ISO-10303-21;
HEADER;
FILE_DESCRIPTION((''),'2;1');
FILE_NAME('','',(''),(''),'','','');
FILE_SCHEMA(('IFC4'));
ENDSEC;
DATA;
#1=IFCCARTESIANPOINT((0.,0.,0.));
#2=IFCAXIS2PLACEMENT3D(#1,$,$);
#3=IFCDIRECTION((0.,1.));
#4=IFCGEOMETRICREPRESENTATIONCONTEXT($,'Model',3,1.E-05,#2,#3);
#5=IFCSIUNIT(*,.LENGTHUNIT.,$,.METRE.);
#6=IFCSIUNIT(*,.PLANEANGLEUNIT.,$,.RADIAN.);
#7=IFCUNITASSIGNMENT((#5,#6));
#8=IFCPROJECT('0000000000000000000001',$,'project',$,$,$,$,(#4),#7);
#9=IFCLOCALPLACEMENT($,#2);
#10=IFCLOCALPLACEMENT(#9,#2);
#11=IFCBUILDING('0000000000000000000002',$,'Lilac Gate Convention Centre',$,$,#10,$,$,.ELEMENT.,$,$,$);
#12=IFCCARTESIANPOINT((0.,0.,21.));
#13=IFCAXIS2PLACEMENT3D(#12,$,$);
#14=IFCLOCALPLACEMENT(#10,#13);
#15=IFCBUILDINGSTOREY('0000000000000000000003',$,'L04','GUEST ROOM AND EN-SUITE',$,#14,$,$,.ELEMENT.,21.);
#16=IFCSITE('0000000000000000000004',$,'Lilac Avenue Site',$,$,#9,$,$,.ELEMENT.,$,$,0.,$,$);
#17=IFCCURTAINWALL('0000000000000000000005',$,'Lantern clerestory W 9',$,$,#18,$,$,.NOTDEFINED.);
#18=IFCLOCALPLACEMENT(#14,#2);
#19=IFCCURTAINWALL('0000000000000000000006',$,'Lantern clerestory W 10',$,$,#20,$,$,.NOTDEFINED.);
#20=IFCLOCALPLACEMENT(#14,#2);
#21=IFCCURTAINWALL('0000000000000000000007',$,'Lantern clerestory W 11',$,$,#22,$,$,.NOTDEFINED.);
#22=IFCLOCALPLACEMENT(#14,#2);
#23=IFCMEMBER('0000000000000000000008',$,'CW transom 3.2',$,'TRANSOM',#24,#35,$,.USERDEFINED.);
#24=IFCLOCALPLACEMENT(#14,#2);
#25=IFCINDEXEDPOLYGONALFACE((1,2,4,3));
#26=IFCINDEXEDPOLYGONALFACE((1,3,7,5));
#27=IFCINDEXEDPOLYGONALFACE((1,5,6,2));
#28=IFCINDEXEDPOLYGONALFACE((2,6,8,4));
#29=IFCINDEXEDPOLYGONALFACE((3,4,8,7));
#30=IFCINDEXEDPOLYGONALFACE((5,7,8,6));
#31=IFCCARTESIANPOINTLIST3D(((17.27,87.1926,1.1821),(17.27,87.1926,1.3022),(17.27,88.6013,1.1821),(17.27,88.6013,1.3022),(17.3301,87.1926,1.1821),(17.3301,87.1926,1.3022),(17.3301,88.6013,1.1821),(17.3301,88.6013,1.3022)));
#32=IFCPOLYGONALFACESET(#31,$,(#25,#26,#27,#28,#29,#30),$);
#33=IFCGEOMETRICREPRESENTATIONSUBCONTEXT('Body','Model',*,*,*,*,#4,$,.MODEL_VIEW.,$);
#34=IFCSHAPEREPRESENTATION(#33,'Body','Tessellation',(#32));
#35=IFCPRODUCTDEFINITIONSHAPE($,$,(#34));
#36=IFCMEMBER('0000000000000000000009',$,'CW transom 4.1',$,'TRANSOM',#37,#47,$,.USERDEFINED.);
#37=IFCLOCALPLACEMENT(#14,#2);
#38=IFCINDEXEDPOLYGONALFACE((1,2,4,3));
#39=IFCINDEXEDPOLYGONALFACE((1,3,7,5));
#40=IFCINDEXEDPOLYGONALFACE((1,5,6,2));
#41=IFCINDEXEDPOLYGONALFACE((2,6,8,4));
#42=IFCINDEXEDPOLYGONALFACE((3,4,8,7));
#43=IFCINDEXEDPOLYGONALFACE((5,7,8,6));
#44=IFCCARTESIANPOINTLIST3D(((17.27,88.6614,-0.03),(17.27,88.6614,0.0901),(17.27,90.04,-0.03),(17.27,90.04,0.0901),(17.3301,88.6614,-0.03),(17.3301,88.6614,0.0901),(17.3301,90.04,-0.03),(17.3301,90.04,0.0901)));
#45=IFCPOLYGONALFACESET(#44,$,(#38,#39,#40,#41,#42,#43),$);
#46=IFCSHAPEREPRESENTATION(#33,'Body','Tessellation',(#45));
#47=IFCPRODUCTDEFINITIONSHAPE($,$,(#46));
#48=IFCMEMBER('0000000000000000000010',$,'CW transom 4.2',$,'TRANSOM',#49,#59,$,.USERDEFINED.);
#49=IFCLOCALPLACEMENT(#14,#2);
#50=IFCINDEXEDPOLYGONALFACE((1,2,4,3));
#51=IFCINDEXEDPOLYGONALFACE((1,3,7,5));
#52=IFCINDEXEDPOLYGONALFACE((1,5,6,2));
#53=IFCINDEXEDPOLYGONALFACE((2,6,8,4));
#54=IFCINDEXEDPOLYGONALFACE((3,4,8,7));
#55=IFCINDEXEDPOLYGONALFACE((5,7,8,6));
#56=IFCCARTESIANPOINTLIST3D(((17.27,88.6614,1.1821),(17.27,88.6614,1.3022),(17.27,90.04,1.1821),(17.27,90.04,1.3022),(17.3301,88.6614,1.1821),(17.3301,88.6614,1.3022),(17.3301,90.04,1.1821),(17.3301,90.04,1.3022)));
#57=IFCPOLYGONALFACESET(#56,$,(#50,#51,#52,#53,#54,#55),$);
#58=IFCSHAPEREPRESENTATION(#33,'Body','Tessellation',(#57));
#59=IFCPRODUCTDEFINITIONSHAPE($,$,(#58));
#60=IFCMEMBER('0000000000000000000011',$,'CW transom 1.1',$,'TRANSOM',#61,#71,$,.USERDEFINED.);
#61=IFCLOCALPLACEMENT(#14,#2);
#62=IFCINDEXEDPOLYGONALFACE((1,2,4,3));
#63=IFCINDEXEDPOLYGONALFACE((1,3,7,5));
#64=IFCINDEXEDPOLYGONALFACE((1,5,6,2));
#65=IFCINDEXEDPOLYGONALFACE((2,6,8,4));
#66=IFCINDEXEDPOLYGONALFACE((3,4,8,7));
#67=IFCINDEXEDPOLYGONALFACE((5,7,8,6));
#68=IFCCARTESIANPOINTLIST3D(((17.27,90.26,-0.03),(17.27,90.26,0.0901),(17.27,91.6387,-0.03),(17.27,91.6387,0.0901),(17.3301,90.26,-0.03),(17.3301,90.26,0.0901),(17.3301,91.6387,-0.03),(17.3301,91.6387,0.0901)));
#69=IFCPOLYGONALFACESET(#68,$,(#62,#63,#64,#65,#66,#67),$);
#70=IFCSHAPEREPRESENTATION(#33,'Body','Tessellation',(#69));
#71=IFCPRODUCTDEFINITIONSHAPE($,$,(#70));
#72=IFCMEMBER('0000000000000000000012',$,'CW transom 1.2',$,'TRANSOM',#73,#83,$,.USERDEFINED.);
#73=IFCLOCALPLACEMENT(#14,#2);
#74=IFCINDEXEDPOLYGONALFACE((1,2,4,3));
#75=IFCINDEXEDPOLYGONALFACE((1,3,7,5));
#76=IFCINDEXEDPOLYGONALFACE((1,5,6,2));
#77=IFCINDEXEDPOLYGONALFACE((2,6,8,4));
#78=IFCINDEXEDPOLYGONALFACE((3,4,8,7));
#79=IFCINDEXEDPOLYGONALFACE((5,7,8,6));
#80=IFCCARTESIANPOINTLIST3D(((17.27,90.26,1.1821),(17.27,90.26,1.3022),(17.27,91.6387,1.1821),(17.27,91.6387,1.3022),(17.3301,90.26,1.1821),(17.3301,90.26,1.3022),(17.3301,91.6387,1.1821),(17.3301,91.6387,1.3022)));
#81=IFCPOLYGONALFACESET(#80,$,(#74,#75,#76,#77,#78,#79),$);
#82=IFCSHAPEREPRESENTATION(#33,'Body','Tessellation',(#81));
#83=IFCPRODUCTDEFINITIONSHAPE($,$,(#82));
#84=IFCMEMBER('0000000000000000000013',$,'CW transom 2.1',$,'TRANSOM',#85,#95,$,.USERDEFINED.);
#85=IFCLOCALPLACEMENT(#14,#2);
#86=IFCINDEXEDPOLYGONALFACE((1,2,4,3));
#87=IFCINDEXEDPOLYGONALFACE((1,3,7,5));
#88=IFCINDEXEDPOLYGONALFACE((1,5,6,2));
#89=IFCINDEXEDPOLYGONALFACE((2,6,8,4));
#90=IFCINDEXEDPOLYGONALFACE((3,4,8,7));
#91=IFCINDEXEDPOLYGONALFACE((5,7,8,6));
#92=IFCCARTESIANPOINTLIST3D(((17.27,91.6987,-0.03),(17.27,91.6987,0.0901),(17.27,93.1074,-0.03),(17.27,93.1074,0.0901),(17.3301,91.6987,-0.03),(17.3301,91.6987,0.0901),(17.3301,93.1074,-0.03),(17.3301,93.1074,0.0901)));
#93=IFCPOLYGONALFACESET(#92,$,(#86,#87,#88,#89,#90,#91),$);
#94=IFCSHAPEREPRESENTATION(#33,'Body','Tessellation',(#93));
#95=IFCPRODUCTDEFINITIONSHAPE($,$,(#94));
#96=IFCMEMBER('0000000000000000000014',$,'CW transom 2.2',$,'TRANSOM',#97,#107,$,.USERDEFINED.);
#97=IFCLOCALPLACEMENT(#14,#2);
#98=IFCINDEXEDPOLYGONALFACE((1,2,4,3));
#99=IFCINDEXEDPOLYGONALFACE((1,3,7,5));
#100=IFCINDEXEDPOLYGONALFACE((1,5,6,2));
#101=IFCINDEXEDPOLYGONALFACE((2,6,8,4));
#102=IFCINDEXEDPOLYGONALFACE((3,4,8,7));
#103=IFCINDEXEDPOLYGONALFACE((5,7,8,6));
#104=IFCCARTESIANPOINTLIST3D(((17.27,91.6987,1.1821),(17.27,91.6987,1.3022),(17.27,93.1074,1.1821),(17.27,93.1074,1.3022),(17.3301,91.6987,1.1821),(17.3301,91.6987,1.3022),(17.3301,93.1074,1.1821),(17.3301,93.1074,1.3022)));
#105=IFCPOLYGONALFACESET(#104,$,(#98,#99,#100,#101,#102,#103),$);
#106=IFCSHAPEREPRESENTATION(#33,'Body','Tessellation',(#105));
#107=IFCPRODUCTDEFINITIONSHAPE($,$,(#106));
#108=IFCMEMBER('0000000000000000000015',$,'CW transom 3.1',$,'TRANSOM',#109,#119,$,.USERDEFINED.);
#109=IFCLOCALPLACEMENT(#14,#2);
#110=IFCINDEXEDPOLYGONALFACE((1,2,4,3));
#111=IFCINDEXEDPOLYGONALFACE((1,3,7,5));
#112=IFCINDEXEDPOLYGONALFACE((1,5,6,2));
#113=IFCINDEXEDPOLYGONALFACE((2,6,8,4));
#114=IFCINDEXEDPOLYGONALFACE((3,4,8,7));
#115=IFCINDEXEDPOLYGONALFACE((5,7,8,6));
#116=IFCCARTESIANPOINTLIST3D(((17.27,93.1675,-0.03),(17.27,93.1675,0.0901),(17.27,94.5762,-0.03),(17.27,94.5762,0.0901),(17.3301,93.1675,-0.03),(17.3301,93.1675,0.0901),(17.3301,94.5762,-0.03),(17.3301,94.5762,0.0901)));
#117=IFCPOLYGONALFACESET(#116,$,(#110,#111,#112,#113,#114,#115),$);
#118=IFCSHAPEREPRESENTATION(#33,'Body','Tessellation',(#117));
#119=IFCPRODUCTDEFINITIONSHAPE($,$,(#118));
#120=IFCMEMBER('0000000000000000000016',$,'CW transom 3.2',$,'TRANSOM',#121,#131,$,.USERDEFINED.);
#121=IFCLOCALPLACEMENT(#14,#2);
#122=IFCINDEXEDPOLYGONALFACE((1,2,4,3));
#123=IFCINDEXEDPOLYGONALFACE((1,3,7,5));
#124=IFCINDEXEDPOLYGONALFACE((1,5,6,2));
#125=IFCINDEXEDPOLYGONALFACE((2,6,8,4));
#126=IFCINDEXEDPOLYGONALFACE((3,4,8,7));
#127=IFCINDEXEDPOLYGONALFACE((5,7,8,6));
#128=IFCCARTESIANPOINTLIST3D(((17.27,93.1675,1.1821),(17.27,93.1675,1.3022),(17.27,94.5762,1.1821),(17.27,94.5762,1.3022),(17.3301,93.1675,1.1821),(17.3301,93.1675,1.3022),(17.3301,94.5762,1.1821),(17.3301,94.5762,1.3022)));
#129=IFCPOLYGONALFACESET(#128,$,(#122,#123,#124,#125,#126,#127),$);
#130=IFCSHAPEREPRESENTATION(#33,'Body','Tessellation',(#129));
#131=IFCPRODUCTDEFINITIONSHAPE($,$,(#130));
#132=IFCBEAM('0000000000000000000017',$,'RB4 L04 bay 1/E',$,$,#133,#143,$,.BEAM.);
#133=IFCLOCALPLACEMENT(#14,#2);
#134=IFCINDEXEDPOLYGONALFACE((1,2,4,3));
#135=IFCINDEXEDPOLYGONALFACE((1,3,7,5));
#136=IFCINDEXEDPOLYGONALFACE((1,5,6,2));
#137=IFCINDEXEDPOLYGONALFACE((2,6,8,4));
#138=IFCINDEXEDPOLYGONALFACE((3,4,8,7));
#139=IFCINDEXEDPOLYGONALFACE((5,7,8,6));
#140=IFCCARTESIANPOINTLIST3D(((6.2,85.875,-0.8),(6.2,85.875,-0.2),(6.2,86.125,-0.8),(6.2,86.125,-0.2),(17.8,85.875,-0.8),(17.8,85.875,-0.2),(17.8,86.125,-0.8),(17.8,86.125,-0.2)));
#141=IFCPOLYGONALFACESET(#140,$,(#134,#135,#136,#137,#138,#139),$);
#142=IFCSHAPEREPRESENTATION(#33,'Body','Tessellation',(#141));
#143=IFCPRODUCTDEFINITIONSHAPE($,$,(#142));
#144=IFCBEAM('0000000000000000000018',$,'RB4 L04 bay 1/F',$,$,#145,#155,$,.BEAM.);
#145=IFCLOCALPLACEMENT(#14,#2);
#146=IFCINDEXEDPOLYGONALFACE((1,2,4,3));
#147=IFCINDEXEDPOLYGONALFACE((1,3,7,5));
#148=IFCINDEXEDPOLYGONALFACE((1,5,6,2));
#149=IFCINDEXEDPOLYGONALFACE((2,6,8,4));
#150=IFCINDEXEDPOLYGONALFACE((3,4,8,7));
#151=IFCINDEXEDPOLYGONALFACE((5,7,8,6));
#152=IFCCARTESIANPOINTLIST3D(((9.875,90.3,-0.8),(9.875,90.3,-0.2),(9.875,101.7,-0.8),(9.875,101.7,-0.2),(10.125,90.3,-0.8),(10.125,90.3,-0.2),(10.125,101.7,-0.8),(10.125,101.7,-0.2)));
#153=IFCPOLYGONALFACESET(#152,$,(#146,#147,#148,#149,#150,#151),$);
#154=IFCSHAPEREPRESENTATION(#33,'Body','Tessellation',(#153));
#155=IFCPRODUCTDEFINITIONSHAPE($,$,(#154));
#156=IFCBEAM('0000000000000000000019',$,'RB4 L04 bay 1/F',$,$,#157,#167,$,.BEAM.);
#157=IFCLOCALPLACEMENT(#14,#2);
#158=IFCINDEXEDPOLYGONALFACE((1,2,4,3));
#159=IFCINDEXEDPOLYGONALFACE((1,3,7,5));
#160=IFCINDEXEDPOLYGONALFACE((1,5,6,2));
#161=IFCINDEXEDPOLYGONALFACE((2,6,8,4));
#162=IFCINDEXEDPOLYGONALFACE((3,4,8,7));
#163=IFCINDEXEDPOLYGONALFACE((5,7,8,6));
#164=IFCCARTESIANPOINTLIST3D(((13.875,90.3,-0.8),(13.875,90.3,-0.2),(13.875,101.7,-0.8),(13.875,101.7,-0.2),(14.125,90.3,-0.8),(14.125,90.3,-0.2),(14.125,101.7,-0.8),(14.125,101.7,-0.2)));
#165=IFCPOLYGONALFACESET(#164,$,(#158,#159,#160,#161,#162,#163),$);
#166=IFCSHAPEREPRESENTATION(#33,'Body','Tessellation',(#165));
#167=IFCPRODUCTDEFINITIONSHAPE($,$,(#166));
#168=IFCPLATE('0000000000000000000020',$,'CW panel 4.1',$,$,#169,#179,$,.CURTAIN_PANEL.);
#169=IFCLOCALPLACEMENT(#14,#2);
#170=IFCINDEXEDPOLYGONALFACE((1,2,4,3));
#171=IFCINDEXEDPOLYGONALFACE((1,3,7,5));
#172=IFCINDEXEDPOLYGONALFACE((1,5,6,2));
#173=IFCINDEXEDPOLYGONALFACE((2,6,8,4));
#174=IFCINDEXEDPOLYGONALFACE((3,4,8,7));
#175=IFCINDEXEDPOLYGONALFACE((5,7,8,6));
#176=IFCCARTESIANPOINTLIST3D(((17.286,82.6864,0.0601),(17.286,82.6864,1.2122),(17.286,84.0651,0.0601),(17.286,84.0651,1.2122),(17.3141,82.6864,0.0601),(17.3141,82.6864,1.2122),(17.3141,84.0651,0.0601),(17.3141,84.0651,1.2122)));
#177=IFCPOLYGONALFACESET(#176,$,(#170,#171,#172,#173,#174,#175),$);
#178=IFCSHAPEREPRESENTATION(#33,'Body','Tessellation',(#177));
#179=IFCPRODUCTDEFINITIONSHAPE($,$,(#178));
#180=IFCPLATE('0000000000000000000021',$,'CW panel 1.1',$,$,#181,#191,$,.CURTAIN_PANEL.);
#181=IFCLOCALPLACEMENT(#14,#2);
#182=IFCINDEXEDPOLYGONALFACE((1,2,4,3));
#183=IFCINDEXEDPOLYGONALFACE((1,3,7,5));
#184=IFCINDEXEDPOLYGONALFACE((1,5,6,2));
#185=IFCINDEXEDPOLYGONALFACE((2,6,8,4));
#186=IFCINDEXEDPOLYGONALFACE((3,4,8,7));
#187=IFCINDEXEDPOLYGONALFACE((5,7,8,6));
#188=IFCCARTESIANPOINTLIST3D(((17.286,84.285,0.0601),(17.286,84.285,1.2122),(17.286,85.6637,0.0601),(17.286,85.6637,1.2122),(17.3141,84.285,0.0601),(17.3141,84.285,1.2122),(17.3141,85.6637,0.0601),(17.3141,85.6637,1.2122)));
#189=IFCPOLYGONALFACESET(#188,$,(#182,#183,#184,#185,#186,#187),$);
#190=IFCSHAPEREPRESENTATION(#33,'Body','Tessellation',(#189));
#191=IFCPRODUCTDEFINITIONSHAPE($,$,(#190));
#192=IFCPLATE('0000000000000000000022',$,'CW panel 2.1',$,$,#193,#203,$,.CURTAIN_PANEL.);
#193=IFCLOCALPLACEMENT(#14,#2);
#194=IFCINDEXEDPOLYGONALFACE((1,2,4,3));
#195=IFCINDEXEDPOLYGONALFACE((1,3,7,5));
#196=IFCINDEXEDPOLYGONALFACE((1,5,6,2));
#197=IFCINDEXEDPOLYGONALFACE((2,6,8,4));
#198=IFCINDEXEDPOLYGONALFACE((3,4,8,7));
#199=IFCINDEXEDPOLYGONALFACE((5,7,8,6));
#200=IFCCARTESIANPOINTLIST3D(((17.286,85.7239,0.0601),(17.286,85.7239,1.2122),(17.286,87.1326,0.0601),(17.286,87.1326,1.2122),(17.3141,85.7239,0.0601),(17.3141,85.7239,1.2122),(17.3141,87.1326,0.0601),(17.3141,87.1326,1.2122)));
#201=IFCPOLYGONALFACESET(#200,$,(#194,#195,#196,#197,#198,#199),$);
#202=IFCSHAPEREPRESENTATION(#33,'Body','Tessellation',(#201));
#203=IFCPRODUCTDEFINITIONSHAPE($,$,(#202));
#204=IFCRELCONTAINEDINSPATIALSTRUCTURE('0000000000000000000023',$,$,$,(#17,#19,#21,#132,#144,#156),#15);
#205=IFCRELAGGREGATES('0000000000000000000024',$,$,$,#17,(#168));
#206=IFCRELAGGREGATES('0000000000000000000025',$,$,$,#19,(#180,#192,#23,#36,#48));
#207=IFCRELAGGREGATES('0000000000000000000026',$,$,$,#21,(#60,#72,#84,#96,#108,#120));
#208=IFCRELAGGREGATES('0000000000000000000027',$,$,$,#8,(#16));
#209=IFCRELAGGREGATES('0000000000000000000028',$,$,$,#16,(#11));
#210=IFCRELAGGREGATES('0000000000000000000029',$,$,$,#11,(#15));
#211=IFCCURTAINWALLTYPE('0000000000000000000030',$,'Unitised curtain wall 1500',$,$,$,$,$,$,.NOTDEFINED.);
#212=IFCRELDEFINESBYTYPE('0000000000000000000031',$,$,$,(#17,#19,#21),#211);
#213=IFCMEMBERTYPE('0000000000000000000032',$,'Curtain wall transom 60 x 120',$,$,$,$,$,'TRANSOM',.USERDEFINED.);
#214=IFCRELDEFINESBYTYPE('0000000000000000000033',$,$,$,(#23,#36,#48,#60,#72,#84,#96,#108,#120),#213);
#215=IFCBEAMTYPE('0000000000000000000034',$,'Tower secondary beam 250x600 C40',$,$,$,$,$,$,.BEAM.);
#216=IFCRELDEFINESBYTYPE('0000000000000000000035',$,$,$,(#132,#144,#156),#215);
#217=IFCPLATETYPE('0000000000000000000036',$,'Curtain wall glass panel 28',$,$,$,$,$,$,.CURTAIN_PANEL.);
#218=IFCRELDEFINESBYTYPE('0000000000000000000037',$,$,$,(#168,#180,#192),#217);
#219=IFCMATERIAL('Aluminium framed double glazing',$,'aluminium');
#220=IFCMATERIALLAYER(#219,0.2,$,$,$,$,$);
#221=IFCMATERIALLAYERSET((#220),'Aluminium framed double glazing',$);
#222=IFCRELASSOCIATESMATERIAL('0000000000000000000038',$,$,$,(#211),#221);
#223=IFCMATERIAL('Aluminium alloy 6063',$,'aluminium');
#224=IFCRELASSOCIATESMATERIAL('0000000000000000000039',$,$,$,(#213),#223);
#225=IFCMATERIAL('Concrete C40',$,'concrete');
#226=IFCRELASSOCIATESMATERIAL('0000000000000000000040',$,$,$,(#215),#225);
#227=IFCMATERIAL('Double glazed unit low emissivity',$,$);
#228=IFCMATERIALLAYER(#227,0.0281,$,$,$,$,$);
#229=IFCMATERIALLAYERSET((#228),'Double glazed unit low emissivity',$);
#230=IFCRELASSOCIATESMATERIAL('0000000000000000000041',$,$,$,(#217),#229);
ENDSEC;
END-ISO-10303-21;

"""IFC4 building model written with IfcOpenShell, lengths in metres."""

from ifc_helpers import new_model, si_unit, direction, frame, origin, origin_2d, place, context, subcontext, project, spatial, rectangle, extrude, material, layer, layer_set, material_profile, profile_set, type_object, element, aggregate, save


model = new_model("IFC4")

# Units and contexts
model_context = context("Model", 3, precision=1e-05, world=origin(), true_north=direction((0.0, 1.0)))
body_context = subcontext(model_context, "Body", "Model", "MODEL_VIEW")
ifc_project = project(units=[si_unit("LENGTHUNIT", "METRE"), si_unit("PLANEANGLEUNIT", "RADIAN")], contexts=[model_context])

# Site, building, storey
site_placement = place(None, origin())
site = spatial("IfcSite", under=ifc_project, at=site_placement, Name="Lilac Avenue Site", CompositionType="ELEMENT", RefElevation=0.0)
building_placement = place(site_placement, origin())
building = spatial("IfcBuilding", under=site, at=building_placement, Name="Lilac Gate Convention Centre", CompositionType="ELEMENT")
storey_placement = place(building_placement, frame((0.0, 0.0, 21.0)))
storey = spatial("IfcBuildingStorey", under=building, at=storey_placement, Name="L04", Description="GUEST ROOM AND EN-SUITE", CompositionType="ELEMENT", Elevation=21.0)

# Curtain wall
ifc_material_1 = material(Name="Aluminium framed double glazing", Category="aluminium")
ifc_layer_1 = layer(ifc_material_1, 0.2)
ifc_layer_set_1 = layer_set([ifc_layer_1], Name="Aluminium framed double glazing")
curtain_wall_type = type_object("IfcCurtainWallType", Name="Unitised curtain wall 1500", PredefinedType="NOTDEFINED", material=ifc_layer_set_1)
curtain_wall_1_placement = place(storey_placement, origin())
curtain_wall_1 = element("IfcCurtainWall", 1, at=curtain_wall_1_placement, inside=storey, type_object=curtain_wall_type, Name="Lantern clerestory W 9", PredefinedType="NOTDEFINED")
ifc_material_2 = material(Name="Aluminium alloy 6063", Category="aluminium")

# Curtain walls
curtain_wall_2_placement = place(storey_placement, origin())
curtain_wall_2 = element("IfcCurtainWall", 2, at=curtain_wall_2_placement, inside=storey, type_object=curtain_wall_type, Name="Lantern clerestory W 10", PredefinedType="NOTDEFINED")
curtain_wall_3_placement = place(storey_placement, origin())
curtain_wall_3 = element("IfcCurtainWall", 3, at=curtain_wall_3_placement, inside=storey, type_object=curtain_wall_type, Name="Lantern clerestory W 11", PredefinedType="NOTDEFINED")

# Members
ifc_material_profile_1 = material_profile(ifc_material_2, rectangle(XDim=0.0601, YDim=0.1201, at=origin_2d()), Name="Curtain wall transom 60 x 120")
ifc_profile_set_1 = profile_set([ifc_material_profile_1], Name="Aluminium alloy 6063")
member_type_1 = type_object("IfcMemberType", Name="Curtain wall transom 60 x 120", ElementType="TRANSOM", PredefinedType="USERDEFINED", material=ifc_profile_set_1)
member_1_placement = place(storey_placement, frame((17.3, 87.1926, 1.2422), z_axis=(0.0, 1.0, 0.0), x_axis=(-1.0, 0.0, 0.0)))
member_1 = element("IfcMember", 4, at=member_1_placement, type_object=member_type_1, Name="CW transom 3.2", ObjectType="TRANSOM", PredefinedType="USERDEFINED", context=body_context, shape_type="SweptSolid", body=[
    extrude(rectangle(XDim=0.0601, YDim=0.1201, at=origin_2d()), origin(), (0.0, 0.0, 1.0), 1.4087),
])
member_2_placement = place(storey_placement, frame((17.3, 88.6614, 0.03), z_axis=(0.0, 1.0, 0.0), x_axis=(-1.0, 0.0, 0.0)))
member_2 = element("IfcMember", 5, at=member_2_placement, type_object=member_type_1, Name="CW transom 4.1", ObjectType="TRANSOM", PredefinedType="USERDEFINED", context=body_context, shape_type="SweptSolid", body=[
    extrude(rectangle(XDim=0.0601, YDim=0.1201, at=origin_2d()), origin(), (0.0, 0.0, 1.0), 1.3787),
])
member_3_placement = place(storey_placement, frame((17.3, 88.6614, 1.2422), z_axis=(0.0, 1.0, 0.0), x_axis=(-1.0, 0.0, 0.0)))
member_3 = element("IfcMember", 6, at=member_3_placement, type_object=member_type_1, Name="CW transom 4.2", ObjectType="TRANSOM", PredefinedType="USERDEFINED", context=body_context, shape_type="SweptSolid", body=[
    extrude(rectangle(XDim=0.0601, YDim=0.1201, at=origin_2d()), origin(), (0.0, 0.0, 1.0), 1.3787),
])
member_4_placement = place(storey_placement, frame((17.3, 90.26, 0.03), z_axis=(0.0, 1.0, 0.0), x_axis=(-1.0, 0.0, 0.0)))
member_4 = element("IfcMember", 7, at=member_4_placement, type_object=member_type_1, Name="CW transom 1.1", ObjectType="TRANSOM", PredefinedType="USERDEFINED", context=body_context, shape_type="SweptSolid", body=[
    extrude(rectangle(XDim=0.0601, YDim=0.1201, at=origin_2d()), origin(), (0.0, 0.0, 1.0), 1.3787),
])
member_5_placement = place(storey_placement, frame((17.3, 90.26, 1.2422), z_axis=(0.0, 1.0, 0.0), x_axis=(-1.0, 0.0, 0.0)))
member_5 = element("IfcMember", 8, at=member_5_placement, type_object=member_type_1, Name="CW transom 1.2", ObjectType="TRANSOM", PredefinedType="USERDEFINED", context=body_context, shape_type="SweptSolid", body=[
    extrude(rectangle(XDim=0.0601, YDim=0.1201, at=origin_2d()), origin(), (0.0, 0.0, 1.0), 1.3787),
])
member_6_placement = place(storey_placement, frame((17.3, 91.6987, 0.03), z_axis=(0.0, 1.0, 0.0), x_axis=(-1.0, 0.0, 0.0)))
member_6 = element("IfcMember", 9, at=member_6_placement, type_object=member_type_1, Name="CW transom 2.1", ObjectType="TRANSOM", PredefinedType="USERDEFINED", context=body_context, shape_type="SweptSolid", body=[
    extrude(rectangle(XDim=0.0601, YDim=0.1201, at=origin_2d()), origin(), (0.0, 0.0, 1.0), 1.4087),
])
member_7_placement = place(storey_placement, frame((17.3, 91.6987, 1.2422), z_axis=(0.0, 1.0, 0.0), x_axis=(-1.0, 0.0, 0.0)))
member_7 = element("IfcMember", 10, at=member_7_placement, type_object=member_type_1, Name="CW transom 2.2", ObjectType="TRANSOM", PredefinedType="USERDEFINED", context=body_context, shape_type="SweptSolid", body=[
    extrude(rectangle(XDim=0.0601, YDim=0.1201, at=origin_2d()), origin(), (0.0, 0.0, 1.0), 1.4087),
])
member_8_placement = place(storey_placement, frame((17.3, 93.1675, 0.03), z_axis=(0.0, 1.0, 0.0), x_axis=(-1.0, 0.0, 0.0)))
member_8 = element("IfcMember", 11, at=member_8_placement, type_object=member_type_1, Name="CW transom 3.1", ObjectType="TRANSOM", PredefinedType="USERDEFINED", context=body_context, shape_type="SweptSolid", body=[
    extrude(rectangle(XDim=0.0601, YDim=0.1201, at=origin_2d()), origin(), (0.0, 0.0, 1.0), 1.4087),
])
member_9_placement = place(storey_placement, frame((17.3, 93.1675, 1.2422), z_axis=(0.0, 1.0, 0.0), x_axis=(-1.0, 0.0, 0.0)))
member_9 = element("IfcMember", 12, at=member_9_placement, type_object=member_type_1, Name="CW transom 3.2", ObjectType="TRANSOM", PredefinedType="USERDEFINED", context=body_context, shape_type="SweptSolid", body=[
    extrude(rectangle(XDim=0.0601, YDim=0.1201, at=origin_2d()), origin(), (0.0, 0.0, 1.0), 1.4087),
])

# Beams
ifc_material_3 = material(Name="Concrete C40", Category="concrete")
ifc_material_profile_2 = material_profile(ifc_material_3, rectangle(XDim=0.25, YDim=0.6001, at=origin_2d()), Name="RC 250x600")
ifc_profile_set_2 = profile_set([ifc_material_profile_2], Name="Concrete C40")
beam_type = type_object("IfcBeamType", Name="Tower secondary beam 250x600 C40", PredefinedType="BEAM", material=ifc_profile_set_2)
beam_placement = place(storey_placement, frame((6.2, 86.0, -0.5), z_axis=(1.0, 0.0, 0.0), x_axis=(0.0, 1.0, 0.0)))
element("IfcBeam", 13, at=beam_placement, inside=storey, type_object=beam_type, Name="RB4 L04 bay 1/E", PredefinedType="BEAM", context=body_context, shape_type="SweptSolid", body=[
    extrude(rectangle(XDim=0.25, YDim=0.6001, at=origin_2d()), origin(), (0.0, 0.0, 1.0), 11.6001),
])
for number, where, z_axis, x_axis, name in (
    (14, (10.0, 90.3, -0.5), (0.0, 1.0, 0.0), (-1.0, 0.0, 0.0), "RB4 L04 bay 1/F"),
    (15, (14.0, 90.3, -0.5), (0.0, 1.0, 0.0), (-1.0, 0.0, 0.0), "RB4 L04 bay 1/F"),
):
    element("IfcBeam", number, at=place(storey_placement, frame(where, z_axis=z_axis, x_axis=x_axis)), inside=storey, type_object=beam_type, Name=name, PredefinedType="BEAM", context=body_context, shape_type="SweptSolid", body=[
        extrude(rectangle(XDim=0.25, YDim=0.6001, at=origin_2d()), origin(), (0.0, 0.0, 1.0), 11.3999),
    ])

# Plates
ifc_material_4 = material(Name="Double glazed unit low emissivity")
ifc_layer_2 = layer(ifc_material_4, 0.0281)
ifc_layer_set_2 = layer_set([ifc_layer_2], Name="Double glazed unit low emissivity")
plate_type = type_object("IfcPlateType", Name="Curtain wall glass panel 28", PredefinedType="CURTAIN_PANEL", material=ifc_layer_set_2)
plate_1_placement = place(storey_placement, frame((17.3, 83.3757, 0.0601), z_axis=(0.0, 0.0, 1.0), x_axis=(0.0, 1.0, 0.0)))
plate_1 = element("IfcPlate", 16, at=plate_1_placement, type_object=plate_type, Name="CW panel 4.1", PredefinedType="CURTAIN_PANEL", context=body_context, shape_type="SweptSolid", body=[
    extrude(rectangle(XDim=1.3787, YDim=0.0281, at=origin_2d()), origin(), (0.0, 0.0, 1.0), 1.1521),
])
aggregate(curtain_wall_1, [plate_1])
plate_2_placement = place(storey_placement, frame((17.3, 84.9744, 0.0601), z_axis=(0.0, 0.0, 1.0), x_axis=(0.0, 1.0, 0.0)))
plate_2 = element("IfcPlate", 17, at=plate_2_placement, type_object=plate_type, Name="CW panel 1.1", PredefinedType="CURTAIN_PANEL", context=body_context, shape_type="SweptSolid", body=[
    extrude(rectangle(XDim=1.3787, YDim=0.0281, at=origin_2d()), origin(), (0.0, 0.0, 1.0), 1.1521),
])
plate_3_placement = place(storey_placement, frame((17.3, 86.4282, 0.0601), z_axis=(0.0, 0.0, 1.0), x_axis=(0.0, 1.0, 0.0)))
plate_3 = element("IfcPlate", 18, at=plate_3_placement, type_object=plate_type, Name="CW panel 2.1", PredefinedType="CURTAIN_PANEL", context=body_context, shape_type="SweptSolid", body=[
    extrude(rectangle(XDim=1.4087, YDim=0.0281, at=origin_2d()), origin(), (0.0, 0.0, 1.0), 1.1521),
])
aggregate(curtain_wall_2, [plate_2, plate_3, member_1, member_2, member_3])
aggregate(curtain_wall_3, [member_4, member_5, member_6, member_7, member_8, member_9])

save(model, "model.ifc")
